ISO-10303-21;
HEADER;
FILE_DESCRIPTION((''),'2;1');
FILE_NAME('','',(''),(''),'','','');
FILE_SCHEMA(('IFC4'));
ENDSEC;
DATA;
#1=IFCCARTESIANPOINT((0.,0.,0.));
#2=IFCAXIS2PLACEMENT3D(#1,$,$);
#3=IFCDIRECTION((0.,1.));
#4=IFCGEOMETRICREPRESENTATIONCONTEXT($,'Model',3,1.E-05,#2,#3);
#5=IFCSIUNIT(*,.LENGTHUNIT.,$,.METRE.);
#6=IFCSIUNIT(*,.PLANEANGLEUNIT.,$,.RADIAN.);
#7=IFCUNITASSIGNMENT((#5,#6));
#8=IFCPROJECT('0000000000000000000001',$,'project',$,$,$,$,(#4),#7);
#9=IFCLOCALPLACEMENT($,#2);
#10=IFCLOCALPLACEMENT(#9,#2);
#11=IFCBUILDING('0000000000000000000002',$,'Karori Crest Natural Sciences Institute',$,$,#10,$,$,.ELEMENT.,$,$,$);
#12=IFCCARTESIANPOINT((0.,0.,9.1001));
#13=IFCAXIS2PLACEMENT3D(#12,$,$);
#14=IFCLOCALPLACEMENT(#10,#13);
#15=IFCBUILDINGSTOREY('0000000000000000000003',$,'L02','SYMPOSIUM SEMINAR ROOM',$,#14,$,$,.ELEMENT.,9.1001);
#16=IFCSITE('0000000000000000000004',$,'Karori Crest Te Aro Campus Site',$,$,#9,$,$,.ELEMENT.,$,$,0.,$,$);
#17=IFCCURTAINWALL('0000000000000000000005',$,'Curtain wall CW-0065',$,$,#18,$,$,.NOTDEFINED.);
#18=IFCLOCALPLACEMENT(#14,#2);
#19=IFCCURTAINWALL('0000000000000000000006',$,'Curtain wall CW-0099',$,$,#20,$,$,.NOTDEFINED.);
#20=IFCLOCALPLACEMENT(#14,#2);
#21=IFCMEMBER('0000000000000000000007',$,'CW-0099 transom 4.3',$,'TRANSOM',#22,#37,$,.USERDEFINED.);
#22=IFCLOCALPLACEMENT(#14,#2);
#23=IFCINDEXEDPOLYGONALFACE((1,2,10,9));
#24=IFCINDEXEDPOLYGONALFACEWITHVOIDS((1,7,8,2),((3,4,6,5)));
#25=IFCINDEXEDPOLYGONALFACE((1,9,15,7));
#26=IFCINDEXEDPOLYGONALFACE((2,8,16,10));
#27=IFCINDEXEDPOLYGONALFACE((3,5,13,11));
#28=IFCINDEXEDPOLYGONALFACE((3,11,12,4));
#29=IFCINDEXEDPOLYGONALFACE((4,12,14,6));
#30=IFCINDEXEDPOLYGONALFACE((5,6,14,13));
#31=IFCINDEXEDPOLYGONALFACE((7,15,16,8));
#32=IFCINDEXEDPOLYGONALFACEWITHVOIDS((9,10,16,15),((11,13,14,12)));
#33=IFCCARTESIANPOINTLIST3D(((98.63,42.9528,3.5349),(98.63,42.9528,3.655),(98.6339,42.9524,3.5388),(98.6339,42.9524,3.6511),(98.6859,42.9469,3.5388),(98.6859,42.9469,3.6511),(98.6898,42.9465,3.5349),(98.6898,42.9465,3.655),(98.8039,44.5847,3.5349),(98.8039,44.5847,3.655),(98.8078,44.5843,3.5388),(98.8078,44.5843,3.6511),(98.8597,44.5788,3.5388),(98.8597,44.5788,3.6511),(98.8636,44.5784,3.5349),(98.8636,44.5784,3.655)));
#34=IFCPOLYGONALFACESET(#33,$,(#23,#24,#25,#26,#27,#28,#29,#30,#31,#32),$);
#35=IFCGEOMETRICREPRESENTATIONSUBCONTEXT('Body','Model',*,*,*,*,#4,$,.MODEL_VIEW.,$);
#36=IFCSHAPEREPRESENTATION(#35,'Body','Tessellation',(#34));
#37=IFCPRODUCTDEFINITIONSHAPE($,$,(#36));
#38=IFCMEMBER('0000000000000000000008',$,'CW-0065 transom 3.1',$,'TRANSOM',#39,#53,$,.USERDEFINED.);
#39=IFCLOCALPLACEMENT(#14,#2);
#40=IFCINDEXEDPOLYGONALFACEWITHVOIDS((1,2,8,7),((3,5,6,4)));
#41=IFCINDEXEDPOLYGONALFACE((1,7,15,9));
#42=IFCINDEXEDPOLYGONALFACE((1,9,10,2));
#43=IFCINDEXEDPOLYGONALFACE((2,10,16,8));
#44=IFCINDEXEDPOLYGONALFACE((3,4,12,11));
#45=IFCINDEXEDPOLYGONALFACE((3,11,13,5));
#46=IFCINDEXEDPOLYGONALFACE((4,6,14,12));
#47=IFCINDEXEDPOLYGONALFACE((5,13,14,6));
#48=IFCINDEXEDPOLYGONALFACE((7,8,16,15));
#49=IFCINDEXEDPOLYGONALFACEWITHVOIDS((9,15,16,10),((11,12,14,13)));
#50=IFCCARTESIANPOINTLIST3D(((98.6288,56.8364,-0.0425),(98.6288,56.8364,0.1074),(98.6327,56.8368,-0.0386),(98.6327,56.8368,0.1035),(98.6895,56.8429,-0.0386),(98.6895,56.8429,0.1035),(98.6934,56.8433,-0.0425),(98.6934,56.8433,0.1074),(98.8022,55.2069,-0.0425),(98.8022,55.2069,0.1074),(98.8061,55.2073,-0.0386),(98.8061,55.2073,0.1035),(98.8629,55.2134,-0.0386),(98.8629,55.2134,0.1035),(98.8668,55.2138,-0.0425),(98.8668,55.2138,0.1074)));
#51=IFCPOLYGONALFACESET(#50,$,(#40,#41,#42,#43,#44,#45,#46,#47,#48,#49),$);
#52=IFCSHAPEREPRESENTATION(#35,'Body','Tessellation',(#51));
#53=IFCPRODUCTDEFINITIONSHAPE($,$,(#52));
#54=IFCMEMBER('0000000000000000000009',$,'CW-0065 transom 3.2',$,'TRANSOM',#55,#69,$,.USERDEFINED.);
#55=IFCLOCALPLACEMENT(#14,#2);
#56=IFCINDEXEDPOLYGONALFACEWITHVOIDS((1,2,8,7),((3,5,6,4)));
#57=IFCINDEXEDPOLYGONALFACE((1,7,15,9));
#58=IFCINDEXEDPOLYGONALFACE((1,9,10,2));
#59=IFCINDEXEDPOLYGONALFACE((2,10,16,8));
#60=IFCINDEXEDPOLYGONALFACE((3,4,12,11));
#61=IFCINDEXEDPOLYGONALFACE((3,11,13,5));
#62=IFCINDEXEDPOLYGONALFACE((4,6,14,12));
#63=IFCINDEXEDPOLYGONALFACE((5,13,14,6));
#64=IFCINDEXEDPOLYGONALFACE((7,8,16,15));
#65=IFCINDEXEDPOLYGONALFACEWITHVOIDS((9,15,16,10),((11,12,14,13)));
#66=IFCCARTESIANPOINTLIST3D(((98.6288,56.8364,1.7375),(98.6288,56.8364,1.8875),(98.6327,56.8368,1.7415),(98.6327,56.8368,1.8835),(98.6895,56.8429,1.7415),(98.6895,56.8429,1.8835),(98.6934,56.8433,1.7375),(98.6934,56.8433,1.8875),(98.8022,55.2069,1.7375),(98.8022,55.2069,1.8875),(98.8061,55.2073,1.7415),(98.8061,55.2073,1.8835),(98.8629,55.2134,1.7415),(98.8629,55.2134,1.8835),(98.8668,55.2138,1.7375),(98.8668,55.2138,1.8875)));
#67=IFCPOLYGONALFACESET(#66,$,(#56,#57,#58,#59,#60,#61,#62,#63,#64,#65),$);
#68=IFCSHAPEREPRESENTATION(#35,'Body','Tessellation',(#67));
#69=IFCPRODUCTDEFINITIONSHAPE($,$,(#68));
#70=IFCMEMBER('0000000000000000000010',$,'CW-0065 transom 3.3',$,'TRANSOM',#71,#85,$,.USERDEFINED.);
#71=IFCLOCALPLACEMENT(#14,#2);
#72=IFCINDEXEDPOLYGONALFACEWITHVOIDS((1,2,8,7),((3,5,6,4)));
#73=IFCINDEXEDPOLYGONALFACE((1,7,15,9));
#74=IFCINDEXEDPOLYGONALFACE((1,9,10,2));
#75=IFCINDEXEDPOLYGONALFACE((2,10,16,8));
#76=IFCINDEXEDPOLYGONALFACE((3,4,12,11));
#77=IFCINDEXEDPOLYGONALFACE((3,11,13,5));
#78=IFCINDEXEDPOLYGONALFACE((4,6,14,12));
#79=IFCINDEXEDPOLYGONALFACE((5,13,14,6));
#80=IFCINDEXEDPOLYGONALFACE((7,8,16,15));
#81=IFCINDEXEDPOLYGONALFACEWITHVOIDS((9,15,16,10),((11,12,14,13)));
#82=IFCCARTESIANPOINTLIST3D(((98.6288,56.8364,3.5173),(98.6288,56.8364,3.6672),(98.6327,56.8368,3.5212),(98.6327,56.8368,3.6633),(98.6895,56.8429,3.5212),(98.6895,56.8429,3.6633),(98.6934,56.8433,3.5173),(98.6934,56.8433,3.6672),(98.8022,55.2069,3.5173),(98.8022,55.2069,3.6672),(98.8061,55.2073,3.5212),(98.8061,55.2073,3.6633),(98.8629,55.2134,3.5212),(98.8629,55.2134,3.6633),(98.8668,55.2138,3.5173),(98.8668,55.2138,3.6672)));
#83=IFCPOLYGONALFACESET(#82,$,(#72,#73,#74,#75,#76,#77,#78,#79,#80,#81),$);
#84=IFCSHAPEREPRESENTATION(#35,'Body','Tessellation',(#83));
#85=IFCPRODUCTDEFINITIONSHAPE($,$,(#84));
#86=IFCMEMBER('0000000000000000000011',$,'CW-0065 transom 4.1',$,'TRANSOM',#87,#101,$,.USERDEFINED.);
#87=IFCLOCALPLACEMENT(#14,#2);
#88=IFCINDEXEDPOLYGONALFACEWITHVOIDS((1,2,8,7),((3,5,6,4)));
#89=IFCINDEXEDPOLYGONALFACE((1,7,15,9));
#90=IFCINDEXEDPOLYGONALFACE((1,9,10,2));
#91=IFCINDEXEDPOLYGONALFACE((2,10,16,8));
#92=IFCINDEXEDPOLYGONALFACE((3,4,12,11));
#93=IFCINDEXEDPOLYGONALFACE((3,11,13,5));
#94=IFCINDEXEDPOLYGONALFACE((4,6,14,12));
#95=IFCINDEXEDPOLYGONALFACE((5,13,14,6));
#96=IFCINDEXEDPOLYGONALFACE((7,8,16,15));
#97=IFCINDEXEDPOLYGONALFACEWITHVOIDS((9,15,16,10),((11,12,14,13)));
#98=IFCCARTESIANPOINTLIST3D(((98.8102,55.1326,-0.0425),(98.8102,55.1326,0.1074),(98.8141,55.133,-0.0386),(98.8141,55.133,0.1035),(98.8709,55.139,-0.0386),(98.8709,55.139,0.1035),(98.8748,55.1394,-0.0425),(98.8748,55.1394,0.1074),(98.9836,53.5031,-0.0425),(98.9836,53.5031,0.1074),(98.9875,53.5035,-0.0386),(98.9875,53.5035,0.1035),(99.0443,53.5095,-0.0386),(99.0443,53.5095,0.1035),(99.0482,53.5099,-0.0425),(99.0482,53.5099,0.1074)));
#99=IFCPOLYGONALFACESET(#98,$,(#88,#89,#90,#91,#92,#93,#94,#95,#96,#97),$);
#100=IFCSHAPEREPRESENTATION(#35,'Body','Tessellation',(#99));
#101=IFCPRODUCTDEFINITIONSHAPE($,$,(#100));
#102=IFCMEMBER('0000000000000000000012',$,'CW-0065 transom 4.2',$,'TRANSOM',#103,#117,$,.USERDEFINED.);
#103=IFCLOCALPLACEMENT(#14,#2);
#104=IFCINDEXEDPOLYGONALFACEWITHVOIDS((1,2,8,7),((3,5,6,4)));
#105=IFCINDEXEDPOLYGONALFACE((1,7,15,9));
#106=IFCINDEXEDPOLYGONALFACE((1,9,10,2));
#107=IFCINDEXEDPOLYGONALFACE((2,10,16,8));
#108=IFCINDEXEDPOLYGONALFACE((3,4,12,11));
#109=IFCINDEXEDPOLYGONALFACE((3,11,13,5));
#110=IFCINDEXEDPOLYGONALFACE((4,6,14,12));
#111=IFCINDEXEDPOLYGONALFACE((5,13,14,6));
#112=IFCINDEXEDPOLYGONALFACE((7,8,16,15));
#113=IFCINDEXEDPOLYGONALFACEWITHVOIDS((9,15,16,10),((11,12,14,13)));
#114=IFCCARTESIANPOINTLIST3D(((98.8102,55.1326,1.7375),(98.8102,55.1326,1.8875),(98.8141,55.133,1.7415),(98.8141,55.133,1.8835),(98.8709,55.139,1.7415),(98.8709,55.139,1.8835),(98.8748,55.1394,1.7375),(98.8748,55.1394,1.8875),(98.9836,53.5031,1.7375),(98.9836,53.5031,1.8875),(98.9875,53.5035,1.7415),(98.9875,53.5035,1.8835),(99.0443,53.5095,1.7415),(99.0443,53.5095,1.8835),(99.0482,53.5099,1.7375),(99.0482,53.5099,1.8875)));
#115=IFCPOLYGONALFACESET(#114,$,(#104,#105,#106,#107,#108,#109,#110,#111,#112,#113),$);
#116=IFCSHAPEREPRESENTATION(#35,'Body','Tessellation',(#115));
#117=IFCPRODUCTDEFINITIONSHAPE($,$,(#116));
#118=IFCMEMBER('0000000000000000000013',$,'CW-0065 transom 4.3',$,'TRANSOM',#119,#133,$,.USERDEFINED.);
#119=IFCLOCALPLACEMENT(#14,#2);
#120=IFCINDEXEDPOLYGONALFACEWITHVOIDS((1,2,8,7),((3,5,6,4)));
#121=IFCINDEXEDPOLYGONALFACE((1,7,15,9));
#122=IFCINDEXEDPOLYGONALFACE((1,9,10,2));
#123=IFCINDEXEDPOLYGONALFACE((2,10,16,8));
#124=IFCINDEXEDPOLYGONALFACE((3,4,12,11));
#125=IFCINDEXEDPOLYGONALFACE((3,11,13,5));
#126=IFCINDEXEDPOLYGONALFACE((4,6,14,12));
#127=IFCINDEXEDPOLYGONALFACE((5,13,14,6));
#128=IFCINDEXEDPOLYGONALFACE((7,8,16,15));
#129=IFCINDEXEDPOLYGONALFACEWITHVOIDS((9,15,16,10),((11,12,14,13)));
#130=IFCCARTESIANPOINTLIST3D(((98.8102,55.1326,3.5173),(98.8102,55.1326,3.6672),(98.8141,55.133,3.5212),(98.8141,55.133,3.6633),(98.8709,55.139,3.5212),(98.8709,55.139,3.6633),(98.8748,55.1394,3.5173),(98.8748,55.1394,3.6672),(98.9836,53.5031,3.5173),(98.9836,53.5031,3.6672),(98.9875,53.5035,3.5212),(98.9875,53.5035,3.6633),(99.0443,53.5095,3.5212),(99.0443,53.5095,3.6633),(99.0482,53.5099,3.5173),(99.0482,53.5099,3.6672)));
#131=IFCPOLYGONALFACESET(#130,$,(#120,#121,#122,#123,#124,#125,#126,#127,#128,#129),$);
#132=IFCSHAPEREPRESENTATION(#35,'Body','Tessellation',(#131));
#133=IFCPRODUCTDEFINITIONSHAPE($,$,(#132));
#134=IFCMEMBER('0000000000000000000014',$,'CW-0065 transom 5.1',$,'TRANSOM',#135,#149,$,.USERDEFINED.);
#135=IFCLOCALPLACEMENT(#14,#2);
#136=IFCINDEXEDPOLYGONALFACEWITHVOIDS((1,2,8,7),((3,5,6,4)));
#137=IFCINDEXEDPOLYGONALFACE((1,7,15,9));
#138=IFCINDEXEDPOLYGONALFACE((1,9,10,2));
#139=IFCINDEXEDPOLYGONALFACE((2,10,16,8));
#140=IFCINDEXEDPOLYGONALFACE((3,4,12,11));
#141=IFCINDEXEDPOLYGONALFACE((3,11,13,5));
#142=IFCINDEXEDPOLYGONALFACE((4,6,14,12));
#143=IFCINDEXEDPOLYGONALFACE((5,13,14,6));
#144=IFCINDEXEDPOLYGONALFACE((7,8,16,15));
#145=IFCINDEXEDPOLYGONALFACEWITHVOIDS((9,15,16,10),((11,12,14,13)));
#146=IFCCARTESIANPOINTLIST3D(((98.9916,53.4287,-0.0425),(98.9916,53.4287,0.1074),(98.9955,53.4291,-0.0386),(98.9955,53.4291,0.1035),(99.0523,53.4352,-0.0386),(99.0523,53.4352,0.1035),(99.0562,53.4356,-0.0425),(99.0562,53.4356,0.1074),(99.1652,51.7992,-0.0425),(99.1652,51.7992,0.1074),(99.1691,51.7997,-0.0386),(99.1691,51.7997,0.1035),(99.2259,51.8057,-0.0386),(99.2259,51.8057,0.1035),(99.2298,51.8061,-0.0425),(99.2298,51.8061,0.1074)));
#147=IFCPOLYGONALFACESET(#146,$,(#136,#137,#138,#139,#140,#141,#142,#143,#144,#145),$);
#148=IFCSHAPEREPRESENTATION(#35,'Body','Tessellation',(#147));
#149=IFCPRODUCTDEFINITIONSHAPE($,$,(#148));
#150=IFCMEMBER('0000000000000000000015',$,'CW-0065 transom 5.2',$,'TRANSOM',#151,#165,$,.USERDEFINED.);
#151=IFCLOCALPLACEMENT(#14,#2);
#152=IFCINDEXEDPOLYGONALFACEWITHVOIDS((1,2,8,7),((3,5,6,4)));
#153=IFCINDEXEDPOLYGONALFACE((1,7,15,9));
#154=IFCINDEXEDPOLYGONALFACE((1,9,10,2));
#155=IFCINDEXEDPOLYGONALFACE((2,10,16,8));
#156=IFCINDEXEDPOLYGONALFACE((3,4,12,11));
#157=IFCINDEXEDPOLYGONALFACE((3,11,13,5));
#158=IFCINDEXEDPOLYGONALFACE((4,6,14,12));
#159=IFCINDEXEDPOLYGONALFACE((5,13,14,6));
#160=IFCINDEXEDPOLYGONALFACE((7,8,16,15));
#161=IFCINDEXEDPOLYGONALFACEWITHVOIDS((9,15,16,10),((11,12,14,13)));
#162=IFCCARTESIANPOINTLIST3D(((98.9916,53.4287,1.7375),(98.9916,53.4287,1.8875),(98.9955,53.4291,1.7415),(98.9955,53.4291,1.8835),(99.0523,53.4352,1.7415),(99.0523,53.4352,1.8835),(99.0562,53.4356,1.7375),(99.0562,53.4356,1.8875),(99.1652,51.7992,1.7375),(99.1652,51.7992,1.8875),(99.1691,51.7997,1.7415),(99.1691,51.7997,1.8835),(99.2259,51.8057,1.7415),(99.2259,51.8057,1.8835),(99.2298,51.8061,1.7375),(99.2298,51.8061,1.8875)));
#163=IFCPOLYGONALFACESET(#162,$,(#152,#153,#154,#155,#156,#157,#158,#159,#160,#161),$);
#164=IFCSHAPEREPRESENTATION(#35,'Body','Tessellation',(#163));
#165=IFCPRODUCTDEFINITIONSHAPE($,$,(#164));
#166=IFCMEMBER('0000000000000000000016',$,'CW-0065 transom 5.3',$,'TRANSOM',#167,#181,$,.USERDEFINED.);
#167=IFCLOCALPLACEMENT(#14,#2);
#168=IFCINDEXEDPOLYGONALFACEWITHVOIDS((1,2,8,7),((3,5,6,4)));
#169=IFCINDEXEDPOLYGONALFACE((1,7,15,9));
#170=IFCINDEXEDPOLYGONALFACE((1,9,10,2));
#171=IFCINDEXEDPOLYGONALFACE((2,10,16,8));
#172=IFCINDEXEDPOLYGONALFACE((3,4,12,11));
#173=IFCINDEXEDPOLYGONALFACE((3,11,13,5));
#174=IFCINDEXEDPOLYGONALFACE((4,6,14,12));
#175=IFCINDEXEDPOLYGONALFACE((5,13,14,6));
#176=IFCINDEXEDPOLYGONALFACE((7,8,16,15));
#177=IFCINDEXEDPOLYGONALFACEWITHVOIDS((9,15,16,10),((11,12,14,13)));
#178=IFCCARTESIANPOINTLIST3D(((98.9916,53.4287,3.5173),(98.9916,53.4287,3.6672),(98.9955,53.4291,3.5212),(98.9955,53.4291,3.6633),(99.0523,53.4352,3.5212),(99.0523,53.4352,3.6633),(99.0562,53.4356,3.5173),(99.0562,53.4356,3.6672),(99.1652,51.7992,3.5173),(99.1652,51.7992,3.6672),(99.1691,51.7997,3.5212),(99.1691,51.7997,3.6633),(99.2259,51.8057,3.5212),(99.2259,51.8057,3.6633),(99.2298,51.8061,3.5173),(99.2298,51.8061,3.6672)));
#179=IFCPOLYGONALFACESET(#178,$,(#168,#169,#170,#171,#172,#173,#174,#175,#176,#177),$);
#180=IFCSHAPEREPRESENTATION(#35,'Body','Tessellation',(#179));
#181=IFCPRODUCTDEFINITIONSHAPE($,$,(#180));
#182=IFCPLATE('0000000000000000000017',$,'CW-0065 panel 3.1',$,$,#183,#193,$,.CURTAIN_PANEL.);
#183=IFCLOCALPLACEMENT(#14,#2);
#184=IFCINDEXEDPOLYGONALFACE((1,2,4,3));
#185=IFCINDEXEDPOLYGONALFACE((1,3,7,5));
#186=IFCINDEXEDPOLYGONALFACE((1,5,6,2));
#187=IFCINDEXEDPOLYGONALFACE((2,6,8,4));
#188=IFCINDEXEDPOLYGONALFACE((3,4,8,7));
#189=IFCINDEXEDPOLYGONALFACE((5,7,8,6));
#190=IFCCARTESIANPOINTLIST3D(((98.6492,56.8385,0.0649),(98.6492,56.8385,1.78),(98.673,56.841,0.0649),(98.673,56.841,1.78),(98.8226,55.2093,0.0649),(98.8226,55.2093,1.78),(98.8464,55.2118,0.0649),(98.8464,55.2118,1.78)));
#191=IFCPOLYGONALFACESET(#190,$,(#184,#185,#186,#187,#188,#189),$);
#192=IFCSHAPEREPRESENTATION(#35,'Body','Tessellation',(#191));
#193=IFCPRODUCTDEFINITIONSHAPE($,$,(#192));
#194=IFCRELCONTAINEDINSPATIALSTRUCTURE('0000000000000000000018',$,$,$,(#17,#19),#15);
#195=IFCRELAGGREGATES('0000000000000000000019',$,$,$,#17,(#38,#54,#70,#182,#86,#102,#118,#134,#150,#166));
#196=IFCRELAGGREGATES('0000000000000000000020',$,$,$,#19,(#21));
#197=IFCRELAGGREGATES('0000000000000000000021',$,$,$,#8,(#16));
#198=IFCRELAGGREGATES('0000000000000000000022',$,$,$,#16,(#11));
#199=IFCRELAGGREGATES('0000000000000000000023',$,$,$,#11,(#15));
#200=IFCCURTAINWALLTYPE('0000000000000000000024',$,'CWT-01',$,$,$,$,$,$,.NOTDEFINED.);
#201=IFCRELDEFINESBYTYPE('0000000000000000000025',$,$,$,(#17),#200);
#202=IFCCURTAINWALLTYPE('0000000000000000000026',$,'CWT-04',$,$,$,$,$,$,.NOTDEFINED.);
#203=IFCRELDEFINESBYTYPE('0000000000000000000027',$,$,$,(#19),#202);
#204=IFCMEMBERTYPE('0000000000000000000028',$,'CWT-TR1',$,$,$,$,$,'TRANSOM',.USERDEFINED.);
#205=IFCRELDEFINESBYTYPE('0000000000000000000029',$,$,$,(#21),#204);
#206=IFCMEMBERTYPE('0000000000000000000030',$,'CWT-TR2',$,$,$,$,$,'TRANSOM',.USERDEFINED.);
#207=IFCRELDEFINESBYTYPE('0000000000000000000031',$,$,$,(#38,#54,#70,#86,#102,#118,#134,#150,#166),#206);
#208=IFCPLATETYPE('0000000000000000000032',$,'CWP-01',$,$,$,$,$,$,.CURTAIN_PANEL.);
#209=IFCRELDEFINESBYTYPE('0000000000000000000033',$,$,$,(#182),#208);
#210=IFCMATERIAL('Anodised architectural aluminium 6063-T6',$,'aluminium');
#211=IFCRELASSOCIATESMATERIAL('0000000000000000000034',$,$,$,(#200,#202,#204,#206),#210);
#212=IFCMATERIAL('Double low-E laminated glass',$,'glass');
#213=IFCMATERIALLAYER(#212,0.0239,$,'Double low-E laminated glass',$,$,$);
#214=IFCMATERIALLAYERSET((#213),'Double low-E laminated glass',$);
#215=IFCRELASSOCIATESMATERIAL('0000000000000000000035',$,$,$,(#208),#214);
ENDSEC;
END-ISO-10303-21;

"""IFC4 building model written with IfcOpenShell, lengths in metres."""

from ifc_helpers import new_model, si_unit, direction, frame, origin, origin_2d, place, context, subcontext, project, spatial, rectangle, hollow_rectangle, extrude, material, layer, layer_set, material_profile, profile_set, type_object, element, aggregate, save


model = new_model("IFC4")

# Units and contexts
model_context = context("Model", 3, precision=1e-05, world=origin(), true_north=direction((0.0, 1.0)))
body_context = subcontext(model_context, "Body", "Model", "MODEL_VIEW")
ifc_project = project(units=[si_unit("LENGTHUNIT", "METRE"), si_unit("PLANEANGLEUNIT", "RADIAN")], contexts=[model_context])

# Site, building, storey
site_placement = place(None, origin())
site = spatial("IfcSite", under=ifc_project, at=site_placement, Name="Karori Crest Te Aro Campus Site", CompositionType="ELEMENT", RefElevation=0.0)
building_placement = place(site_placement, origin())
building = spatial("IfcBuilding", under=site, at=building_placement, Name="Karori Crest Natural Sciences Institute", CompositionType="ELEMENT")
storey_placement = place(building_placement, frame((0.0, 0.0, 9.1001)))
storey = spatial("IfcBuildingStorey", under=building, at=storey_placement, Name="L02", Description="SYMPOSIUM SEMINAR ROOM", CompositionType="ELEMENT", Elevation=9.1001)

# Curtain walls, member
ifc_material_1 = material(Name="Anodised architectural aluminium 6063-T6", Category="aluminium")
curtain_wall_type_1 = type_object("IfcCurtainWallType", Name="CWT-01", PredefinedType="NOTDEFINED", material=ifc_material_1)
curtain_wall_1_placement = place(storey_placement, origin())
curtain_wall_1 = element("IfcCurtainWall", 1, at=curtain_wall_1_placement, inside=storey, type_object=curtain_wall_type_1, Name="Curtain wall CW-0065", PredefinedType="NOTDEFINED")
curtain_wall_type_2 = type_object("IfcCurtainWallType", Name="CWT-04", PredefinedType="NOTDEFINED", material=ifc_material_1)
curtain_wall_2_placement = place(storey_placement, origin())
curtain_wall_2 = element("IfcCurtainWall", 2, at=curtain_wall_2_placement, inside=storey, type_object=curtain_wall_type_2, Name="Curtain wall CW-0099", PredefinedType="NOTDEFINED")
ifc_material_profile_1 = material_profile(ifc_material_1, hollow_rectangle(XDim=0.0601, YDim=0.1201, WallThickness=0.0039, at=origin_2d()), Name="CWT120x60x4")
ifc_profile_set_1 = profile_set([ifc_material_profile_1], Name="Anodised architectural aluminium 6063-T6")
member_type_1 = type_object("IfcMemberType", Name="CWT-TR1", ElementType="TRANSOM", PredefinedType="USERDEFINED", material=ifc_profile_set_1)
member_1_placement = place(storey_placement, frame((98.8337, 44.5815, 3.595), z_axis=(-0.105924, -0.994374, 0.0), x_axis=(0.994374, -0.105924, 0.0)))
member_1 = element("IfcMember", 3, at=member_1_placement, type_object=member_type_1, Name="CW-0099 transom 4.3", ObjectType="TRANSOM", PredefinedType="USERDEFINED", context=body_context, shape_type="SweptSolid", body=[
    extrude(hollow_rectangle(XDim=0.0601, YDim=0.1201, WallThickness=0.0039, at=origin_2d()), origin(), (0.0, 0.0, 1.0), 1.6411),
])

# Members
ifc_material_profile_2 = material_profile(ifc_material_1, hollow_rectangle(XDim=0.0649, YDim=0.1499, WallThickness=0.0039, at=origin_2d()), Name="CWT150x65x4")
ifc_profile_set_2 = profile_set([ifc_material_profile_2], Name="Anodised architectural aluminium 6063-T6")
member_type_2 = type_object("IfcMemberType", Name="CWT-TR2", ElementType="TRANSOM", PredefinedType="USERDEFINED", material=ifc_profile_set_2)
member_2_placement = place(storey_placement, frame((98.6611, 56.8398, 0.0325), z_axis=(0.105786, -0.994389, 0.0), x_axis=(0.994389, 0.105786, 0.0)))
member_2 = element("IfcMember", 4, at=member_2_placement, type_object=member_type_2, Name="CW-0065 transom 3.1", ObjectType="TRANSOM", PredefinedType="USERDEFINED", context=body_context, shape_type="SweptSolid", body=[
    extrude(hollow_rectangle(XDim=0.0649, YDim=0.1499, WallThickness=0.0039, at=origin_2d()), origin(), (0.0, 0.0, 1.0), 1.6387),
])
member_3_placement = place(storey_placement, frame((98.6611, 56.8398, 1.8125), z_axis=(0.105786, -0.994389, 0.0), x_axis=(0.994389, 0.105786, 0.0)))
member_3 = element("IfcMember", 5, at=member_3_placement, type_object=member_type_2, Name="CW-0065 transom 3.2", ObjectType="TRANSOM", PredefinedType="USERDEFINED", context=body_context, shape_type="SweptSolid", body=[
    extrude(hollow_rectangle(XDim=0.0649, YDim=0.1499, WallThickness=0.0039, at=origin_2d()), origin(), (0.0, 0.0, 1.0), 1.6387),
])
member_4_placement = place(storey_placement, frame((98.6611, 56.8398, 3.5923), z_axis=(0.105786, -0.994389, 0.0), x_axis=(0.994389, 0.105786, 0.0)))
member_4 = element("IfcMember", 6, at=member_4_placement, type_object=member_type_2, Name="CW-0065 transom 3.3", ObjectType="TRANSOM", PredefinedType="USERDEFINED", context=body_context, shape_type="SweptSolid", body=[
    extrude(hollow_rectangle(XDim=0.0649, YDim=0.1499, WallThickness=0.0039, at=origin_2d()), origin(), (0.0, 0.0, 1.0), 1.6387),
])
member_5_placement = place(storey_placement, frame((98.8425, 55.136, 0.0325), z_axis=(0.105786, -0.994389, 0.0), x_axis=(0.994389, 0.105786, 0.0)))
member_5 = element("IfcMember", 7, at=member_5_placement, type_object=member_type_2, Name="CW-0065 transom 4.1", ObjectType="TRANSOM", PredefinedType="USERDEFINED", context=body_context, shape_type="SweptSolid", body=[
    extrude(hollow_rectangle(XDim=0.0649, YDim=0.1499, WallThickness=0.0039, at=origin_2d()), origin(), (0.0, 0.0, 1.0), 1.6387),
])
member_6_placement = place(storey_placement, frame((98.8425, 55.136, 1.8125), z_axis=(0.105786, -0.994389, 0.0), x_axis=(0.994389, 0.105786, 0.0)))
member_6 = element("IfcMember", 8, at=member_6_placement, type_object=member_type_2, Name="CW-0065 transom 4.2", ObjectType="TRANSOM", PredefinedType="USERDEFINED", context=body_context, shape_type="SweptSolid", body=[
    extrude(hollow_rectangle(XDim=0.0649, YDim=0.1499, WallThickness=0.0039, at=origin_2d()), origin(), (0.0, 0.0, 1.0), 1.6387),
])
member_7_placement = place(storey_placement, frame((98.8425, 55.136, 3.5923), z_axis=(0.105786, -0.994389, 0.0), x_axis=(0.994389, 0.105786, 0.0)))
member_7 = element("IfcMember", 9, at=member_7_placement, type_object=member_type_2, Name="CW-0065 transom 4.3", ObjectType="TRANSOM", PredefinedType="USERDEFINED", context=body_context, shape_type="SweptSolid", body=[
    extrude(hollow_rectangle(XDim=0.0649, YDim=0.1499, WallThickness=0.0039, at=origin_2d()), origin(), (0.0, 0.0, 1.0), 1.6387),
])
member_8_placement = place(storey_placement, frame((99.0239, 53.4321, 0.0325), z_axis=(0.105933, -0.994373, 0.0), x_axis=(0.994373, 0.105933, 0.0)))
member_8 = element("IfcMember", 10, at=member_8_placement, type_object=member_type_2, Name="CW-0065 transom 5.1", ObjectType="TRANSOM", PredefinedType="USERDEFINED", context=body_context, shape_type="SweptSolid", body=[
    extrude(hollow_rectangle(XDim=0.0649, YDim=0.1499, WallThickness=0.0039, at=origin_2d()), origin(), (0.0, 0.0, 1.0), 1.6387),
])
member_9_placement = place(storey_placement, frame((99.0239, 53.4321, 1.8125), z_axis=(0.105933, -0.994373, 0.0), x_axis=(0.994373, 0.105933, 0.0)))
member_9 = element("IfcMember", 11, at=member_9_placement, type_object=member_type_2, Name="CW-0065 transom 5.2", ObjectType="TRANSOM", PredefinedType="USERDEFINED", context=body_context, shape_type="SweptSolid", body=[
    extrude(hollow_rectangle(XDim=0.0649, YDim=0.1499, WallThickness=0.0039, at=origin_2d()), origin(), (0.0, 0.0, 1.0), 1.6387),
])
member_10_placement = place(storey_placement, frame((99.0239, 53.4321, 3.5923), z_axis=(0.105933, -0.994373, 0.0), x_axis=(0.994373, 0.105933, 0.0)))
member_10 = element("IfcMember", 12, at=member_10_placement, type_object=member_type_2, Name="CW-0065 transom 5.3", ObjectType="TRANSOM", PredefinedType="USERDEFINED", context=body_context, shape_type="SweptSolid", body=[
    extrude(hollow_rectangle(XDim=0.0649, YDim=0.1499, WallThickness=0.0039, at=origin_2d()), origin(), (0.0, 0.0, 1.0), 1.6387),
])

# Plate
ifc_material_2 = material(Name="Double low-E laminated glass", Category="glass")
ifc_layer_1 = layer(ifc_material_2, 0.0239, Name="Double low-E laminated glass")
ifc_layer_set_1 = layer_set([ifc_layer_1], Name="Double low-E laminated glass")
plate_type_1 = type_object("IfcPlateType", Name="CWP-01", PredefinedType="CURTAIN_PANEL", material=ifc_layer_set_1)
plate_1_placement = place(storey_placement, frame((98.7478, 56.0251, 0.0649), z_axis=(0.0, 0.0, 1.0), x_axis=(0.105882, -0.994379, 0.0)))
plate_1 = element("IfcPlate", 13, at=plate_1_placement, type_object=plate_type_1, Name="CW-0065 panel 3.1", PredefinedType="CURTAIN_PANEL", context=body_context, shape_type="SweptSolid", body=[
    extrude(rectangle(XDim=1.6384, YDim=0.0239, at=origin_2d()), origin(), (0.0, 0.0, 1.0), 1.7151),
])
aggregate(curtain_wall_1, [member_2, member_3, member_4, plate_1, member_5, member_6, member_7, member_8, member_9, member_10])
aggregate(curtain_wall_2, [member_1])

save(model, "model.ifc")
